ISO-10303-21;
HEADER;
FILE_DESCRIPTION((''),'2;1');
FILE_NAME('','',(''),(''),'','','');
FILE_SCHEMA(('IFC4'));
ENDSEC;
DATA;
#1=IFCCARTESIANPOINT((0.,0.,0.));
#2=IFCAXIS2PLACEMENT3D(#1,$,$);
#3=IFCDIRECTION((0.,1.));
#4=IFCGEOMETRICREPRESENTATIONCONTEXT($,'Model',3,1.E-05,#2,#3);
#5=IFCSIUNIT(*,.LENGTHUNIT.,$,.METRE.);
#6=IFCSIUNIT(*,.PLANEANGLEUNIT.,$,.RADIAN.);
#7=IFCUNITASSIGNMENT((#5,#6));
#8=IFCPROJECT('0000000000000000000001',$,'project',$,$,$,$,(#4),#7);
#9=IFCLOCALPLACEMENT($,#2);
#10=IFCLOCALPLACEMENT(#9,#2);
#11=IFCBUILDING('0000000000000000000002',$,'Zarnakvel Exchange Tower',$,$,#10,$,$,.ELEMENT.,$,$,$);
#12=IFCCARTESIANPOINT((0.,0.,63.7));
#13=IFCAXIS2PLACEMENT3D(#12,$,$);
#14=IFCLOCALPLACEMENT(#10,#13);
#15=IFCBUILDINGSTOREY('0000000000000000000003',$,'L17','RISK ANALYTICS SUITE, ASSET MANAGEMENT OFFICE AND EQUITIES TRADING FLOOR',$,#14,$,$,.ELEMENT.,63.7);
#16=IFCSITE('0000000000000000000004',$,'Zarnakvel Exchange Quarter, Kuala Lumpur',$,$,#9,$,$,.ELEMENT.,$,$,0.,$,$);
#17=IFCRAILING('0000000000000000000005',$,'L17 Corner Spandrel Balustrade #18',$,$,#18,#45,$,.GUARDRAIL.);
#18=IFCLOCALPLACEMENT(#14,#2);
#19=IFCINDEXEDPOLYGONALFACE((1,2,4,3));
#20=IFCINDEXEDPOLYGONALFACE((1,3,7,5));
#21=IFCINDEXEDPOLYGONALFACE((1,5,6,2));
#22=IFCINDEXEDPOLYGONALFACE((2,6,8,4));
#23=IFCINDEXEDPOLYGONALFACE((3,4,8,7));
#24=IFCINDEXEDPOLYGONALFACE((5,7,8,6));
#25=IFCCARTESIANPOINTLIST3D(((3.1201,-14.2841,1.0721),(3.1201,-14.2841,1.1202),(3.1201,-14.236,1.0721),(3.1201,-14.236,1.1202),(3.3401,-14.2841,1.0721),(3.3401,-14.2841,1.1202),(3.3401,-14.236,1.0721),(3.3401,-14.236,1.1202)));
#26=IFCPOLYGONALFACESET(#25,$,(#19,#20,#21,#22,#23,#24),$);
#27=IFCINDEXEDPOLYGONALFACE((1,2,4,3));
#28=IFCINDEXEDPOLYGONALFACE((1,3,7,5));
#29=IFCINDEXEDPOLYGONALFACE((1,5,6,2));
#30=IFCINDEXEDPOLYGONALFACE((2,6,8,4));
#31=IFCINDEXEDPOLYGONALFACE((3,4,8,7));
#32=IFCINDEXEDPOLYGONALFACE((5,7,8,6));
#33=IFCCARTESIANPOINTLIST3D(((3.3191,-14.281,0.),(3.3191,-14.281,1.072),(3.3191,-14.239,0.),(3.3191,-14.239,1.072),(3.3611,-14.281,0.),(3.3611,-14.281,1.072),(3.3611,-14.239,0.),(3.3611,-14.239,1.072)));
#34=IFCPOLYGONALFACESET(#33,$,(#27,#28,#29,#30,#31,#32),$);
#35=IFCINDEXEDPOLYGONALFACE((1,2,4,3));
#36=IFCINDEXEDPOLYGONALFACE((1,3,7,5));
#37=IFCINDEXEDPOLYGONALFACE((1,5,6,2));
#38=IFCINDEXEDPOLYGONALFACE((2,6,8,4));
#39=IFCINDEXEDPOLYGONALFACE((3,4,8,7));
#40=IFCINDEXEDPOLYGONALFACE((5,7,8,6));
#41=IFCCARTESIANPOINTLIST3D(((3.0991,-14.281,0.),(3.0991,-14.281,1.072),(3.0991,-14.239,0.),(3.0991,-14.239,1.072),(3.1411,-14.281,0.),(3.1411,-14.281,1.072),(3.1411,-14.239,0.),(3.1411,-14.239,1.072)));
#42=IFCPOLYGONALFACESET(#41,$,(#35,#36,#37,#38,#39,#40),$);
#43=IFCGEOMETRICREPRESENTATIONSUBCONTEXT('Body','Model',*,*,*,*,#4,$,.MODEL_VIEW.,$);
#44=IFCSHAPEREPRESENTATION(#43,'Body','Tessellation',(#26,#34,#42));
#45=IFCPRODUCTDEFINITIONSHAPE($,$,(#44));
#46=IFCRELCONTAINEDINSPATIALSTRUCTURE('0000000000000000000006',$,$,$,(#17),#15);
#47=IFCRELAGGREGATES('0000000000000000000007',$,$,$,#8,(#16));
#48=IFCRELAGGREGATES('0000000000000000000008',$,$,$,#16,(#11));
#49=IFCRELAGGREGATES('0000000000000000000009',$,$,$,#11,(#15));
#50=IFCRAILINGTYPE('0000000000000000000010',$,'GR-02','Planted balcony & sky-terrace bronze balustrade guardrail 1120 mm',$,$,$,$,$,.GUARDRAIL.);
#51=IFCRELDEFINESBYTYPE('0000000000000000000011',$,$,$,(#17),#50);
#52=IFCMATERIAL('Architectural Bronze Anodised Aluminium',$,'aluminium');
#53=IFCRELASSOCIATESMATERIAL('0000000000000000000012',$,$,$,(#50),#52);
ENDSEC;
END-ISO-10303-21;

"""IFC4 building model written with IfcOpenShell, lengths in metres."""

from ifc_helpers import new_model, si_unit, direction, frame, origin, origin_2d, place, context, subcontext, project, spatial, rectangle, extrude, material, type_object, element, save


model = new_model("IFC4")

# Units and contexts
model_context = context("Model", 3, precision=1e-05, world=origin(), true_north=direction((0.0, 1.0)))
body_context = subcontext(model_context, "Body", "Model", "MODEL_VIEW")
ifc_project = project(units=[si_unit("LENGTHUNIT", "METRE"), si_unit("PLANEANGLEUNIT", "RADIAN")], contexts=[model_context])

# Site, building, storey
site_placement = place(None, origin())
site = spatial("IfcSite", under=ifc_project, at=site_placement, Name="Zarnakvel Exchange Quarter, Kuala Lumpur", CompositionType="ELEMENT", RefElevation=0.0)
building_placement = place(site_placement, origin())
building = spatial("IfcBuilding", under=site, at=building_placement, Name="Zarnakvel Exchange Tower", CompositionType="ELEMENT")
storey_placement = place(building_placement, frame((0.0, 0.0, 63.7)))
storey = spatial("IfcBuildingStorey", under=building, at=storey_placement, Name="L17", Description="RISK ANALYTICS SUITE, ASSET MANAGEMENT OFFICE AND EQUITIES TRADING FLOOR", CompositionType="ELEMENT", Elevation=63.7)

# Railing
ifc_material_1 = material(Name="Architectural Bronze Anodised Aluminium", Category="aluminium")
railing_type = type_object("IfcRailingType", Name="GR-02", Description="Planted balcony & sky-terrace bronze balustrade guardrail 1120 mm", PredefinedType="GUARDRAIL", material=ifc_material_1)
railing_placement = place(storey_placement, frame((3.3401, -14.26, 0.0)))
element("IfcRailing", 1, at=railing_placement, inside=storey, type_object=railing_type, Name="L17 Corner Spandrel Balustrade #18", PredefinedType="GUARDRAIL", context=body_context, shape_type="SweptSolid", body=[
    extrude(rectangle(XDim=0.0481, YDim=0.0481, at=origin_2d()), frame((0.0, 0.0, 1.0962), z_axis=(-1.0, 0.0, 0.0), x_axis=(0.0, -1.0, 0.0)), (0.0, 0.0, 1.0), 0.22),
    extrude(rectangle(XDim=0.042, YDim=0.042, at=origin_2d()), origin(), (0.0, 0.0, 1.0), 1.072),
    extrude(rectangle(XDim=0.042, YDim=0.042, at=origin_2d()), frame((-0.22, 0.0, 0.0)), (0.0, 0.0, 1.0), 1.072),
])

save(model, "model.ifc")
